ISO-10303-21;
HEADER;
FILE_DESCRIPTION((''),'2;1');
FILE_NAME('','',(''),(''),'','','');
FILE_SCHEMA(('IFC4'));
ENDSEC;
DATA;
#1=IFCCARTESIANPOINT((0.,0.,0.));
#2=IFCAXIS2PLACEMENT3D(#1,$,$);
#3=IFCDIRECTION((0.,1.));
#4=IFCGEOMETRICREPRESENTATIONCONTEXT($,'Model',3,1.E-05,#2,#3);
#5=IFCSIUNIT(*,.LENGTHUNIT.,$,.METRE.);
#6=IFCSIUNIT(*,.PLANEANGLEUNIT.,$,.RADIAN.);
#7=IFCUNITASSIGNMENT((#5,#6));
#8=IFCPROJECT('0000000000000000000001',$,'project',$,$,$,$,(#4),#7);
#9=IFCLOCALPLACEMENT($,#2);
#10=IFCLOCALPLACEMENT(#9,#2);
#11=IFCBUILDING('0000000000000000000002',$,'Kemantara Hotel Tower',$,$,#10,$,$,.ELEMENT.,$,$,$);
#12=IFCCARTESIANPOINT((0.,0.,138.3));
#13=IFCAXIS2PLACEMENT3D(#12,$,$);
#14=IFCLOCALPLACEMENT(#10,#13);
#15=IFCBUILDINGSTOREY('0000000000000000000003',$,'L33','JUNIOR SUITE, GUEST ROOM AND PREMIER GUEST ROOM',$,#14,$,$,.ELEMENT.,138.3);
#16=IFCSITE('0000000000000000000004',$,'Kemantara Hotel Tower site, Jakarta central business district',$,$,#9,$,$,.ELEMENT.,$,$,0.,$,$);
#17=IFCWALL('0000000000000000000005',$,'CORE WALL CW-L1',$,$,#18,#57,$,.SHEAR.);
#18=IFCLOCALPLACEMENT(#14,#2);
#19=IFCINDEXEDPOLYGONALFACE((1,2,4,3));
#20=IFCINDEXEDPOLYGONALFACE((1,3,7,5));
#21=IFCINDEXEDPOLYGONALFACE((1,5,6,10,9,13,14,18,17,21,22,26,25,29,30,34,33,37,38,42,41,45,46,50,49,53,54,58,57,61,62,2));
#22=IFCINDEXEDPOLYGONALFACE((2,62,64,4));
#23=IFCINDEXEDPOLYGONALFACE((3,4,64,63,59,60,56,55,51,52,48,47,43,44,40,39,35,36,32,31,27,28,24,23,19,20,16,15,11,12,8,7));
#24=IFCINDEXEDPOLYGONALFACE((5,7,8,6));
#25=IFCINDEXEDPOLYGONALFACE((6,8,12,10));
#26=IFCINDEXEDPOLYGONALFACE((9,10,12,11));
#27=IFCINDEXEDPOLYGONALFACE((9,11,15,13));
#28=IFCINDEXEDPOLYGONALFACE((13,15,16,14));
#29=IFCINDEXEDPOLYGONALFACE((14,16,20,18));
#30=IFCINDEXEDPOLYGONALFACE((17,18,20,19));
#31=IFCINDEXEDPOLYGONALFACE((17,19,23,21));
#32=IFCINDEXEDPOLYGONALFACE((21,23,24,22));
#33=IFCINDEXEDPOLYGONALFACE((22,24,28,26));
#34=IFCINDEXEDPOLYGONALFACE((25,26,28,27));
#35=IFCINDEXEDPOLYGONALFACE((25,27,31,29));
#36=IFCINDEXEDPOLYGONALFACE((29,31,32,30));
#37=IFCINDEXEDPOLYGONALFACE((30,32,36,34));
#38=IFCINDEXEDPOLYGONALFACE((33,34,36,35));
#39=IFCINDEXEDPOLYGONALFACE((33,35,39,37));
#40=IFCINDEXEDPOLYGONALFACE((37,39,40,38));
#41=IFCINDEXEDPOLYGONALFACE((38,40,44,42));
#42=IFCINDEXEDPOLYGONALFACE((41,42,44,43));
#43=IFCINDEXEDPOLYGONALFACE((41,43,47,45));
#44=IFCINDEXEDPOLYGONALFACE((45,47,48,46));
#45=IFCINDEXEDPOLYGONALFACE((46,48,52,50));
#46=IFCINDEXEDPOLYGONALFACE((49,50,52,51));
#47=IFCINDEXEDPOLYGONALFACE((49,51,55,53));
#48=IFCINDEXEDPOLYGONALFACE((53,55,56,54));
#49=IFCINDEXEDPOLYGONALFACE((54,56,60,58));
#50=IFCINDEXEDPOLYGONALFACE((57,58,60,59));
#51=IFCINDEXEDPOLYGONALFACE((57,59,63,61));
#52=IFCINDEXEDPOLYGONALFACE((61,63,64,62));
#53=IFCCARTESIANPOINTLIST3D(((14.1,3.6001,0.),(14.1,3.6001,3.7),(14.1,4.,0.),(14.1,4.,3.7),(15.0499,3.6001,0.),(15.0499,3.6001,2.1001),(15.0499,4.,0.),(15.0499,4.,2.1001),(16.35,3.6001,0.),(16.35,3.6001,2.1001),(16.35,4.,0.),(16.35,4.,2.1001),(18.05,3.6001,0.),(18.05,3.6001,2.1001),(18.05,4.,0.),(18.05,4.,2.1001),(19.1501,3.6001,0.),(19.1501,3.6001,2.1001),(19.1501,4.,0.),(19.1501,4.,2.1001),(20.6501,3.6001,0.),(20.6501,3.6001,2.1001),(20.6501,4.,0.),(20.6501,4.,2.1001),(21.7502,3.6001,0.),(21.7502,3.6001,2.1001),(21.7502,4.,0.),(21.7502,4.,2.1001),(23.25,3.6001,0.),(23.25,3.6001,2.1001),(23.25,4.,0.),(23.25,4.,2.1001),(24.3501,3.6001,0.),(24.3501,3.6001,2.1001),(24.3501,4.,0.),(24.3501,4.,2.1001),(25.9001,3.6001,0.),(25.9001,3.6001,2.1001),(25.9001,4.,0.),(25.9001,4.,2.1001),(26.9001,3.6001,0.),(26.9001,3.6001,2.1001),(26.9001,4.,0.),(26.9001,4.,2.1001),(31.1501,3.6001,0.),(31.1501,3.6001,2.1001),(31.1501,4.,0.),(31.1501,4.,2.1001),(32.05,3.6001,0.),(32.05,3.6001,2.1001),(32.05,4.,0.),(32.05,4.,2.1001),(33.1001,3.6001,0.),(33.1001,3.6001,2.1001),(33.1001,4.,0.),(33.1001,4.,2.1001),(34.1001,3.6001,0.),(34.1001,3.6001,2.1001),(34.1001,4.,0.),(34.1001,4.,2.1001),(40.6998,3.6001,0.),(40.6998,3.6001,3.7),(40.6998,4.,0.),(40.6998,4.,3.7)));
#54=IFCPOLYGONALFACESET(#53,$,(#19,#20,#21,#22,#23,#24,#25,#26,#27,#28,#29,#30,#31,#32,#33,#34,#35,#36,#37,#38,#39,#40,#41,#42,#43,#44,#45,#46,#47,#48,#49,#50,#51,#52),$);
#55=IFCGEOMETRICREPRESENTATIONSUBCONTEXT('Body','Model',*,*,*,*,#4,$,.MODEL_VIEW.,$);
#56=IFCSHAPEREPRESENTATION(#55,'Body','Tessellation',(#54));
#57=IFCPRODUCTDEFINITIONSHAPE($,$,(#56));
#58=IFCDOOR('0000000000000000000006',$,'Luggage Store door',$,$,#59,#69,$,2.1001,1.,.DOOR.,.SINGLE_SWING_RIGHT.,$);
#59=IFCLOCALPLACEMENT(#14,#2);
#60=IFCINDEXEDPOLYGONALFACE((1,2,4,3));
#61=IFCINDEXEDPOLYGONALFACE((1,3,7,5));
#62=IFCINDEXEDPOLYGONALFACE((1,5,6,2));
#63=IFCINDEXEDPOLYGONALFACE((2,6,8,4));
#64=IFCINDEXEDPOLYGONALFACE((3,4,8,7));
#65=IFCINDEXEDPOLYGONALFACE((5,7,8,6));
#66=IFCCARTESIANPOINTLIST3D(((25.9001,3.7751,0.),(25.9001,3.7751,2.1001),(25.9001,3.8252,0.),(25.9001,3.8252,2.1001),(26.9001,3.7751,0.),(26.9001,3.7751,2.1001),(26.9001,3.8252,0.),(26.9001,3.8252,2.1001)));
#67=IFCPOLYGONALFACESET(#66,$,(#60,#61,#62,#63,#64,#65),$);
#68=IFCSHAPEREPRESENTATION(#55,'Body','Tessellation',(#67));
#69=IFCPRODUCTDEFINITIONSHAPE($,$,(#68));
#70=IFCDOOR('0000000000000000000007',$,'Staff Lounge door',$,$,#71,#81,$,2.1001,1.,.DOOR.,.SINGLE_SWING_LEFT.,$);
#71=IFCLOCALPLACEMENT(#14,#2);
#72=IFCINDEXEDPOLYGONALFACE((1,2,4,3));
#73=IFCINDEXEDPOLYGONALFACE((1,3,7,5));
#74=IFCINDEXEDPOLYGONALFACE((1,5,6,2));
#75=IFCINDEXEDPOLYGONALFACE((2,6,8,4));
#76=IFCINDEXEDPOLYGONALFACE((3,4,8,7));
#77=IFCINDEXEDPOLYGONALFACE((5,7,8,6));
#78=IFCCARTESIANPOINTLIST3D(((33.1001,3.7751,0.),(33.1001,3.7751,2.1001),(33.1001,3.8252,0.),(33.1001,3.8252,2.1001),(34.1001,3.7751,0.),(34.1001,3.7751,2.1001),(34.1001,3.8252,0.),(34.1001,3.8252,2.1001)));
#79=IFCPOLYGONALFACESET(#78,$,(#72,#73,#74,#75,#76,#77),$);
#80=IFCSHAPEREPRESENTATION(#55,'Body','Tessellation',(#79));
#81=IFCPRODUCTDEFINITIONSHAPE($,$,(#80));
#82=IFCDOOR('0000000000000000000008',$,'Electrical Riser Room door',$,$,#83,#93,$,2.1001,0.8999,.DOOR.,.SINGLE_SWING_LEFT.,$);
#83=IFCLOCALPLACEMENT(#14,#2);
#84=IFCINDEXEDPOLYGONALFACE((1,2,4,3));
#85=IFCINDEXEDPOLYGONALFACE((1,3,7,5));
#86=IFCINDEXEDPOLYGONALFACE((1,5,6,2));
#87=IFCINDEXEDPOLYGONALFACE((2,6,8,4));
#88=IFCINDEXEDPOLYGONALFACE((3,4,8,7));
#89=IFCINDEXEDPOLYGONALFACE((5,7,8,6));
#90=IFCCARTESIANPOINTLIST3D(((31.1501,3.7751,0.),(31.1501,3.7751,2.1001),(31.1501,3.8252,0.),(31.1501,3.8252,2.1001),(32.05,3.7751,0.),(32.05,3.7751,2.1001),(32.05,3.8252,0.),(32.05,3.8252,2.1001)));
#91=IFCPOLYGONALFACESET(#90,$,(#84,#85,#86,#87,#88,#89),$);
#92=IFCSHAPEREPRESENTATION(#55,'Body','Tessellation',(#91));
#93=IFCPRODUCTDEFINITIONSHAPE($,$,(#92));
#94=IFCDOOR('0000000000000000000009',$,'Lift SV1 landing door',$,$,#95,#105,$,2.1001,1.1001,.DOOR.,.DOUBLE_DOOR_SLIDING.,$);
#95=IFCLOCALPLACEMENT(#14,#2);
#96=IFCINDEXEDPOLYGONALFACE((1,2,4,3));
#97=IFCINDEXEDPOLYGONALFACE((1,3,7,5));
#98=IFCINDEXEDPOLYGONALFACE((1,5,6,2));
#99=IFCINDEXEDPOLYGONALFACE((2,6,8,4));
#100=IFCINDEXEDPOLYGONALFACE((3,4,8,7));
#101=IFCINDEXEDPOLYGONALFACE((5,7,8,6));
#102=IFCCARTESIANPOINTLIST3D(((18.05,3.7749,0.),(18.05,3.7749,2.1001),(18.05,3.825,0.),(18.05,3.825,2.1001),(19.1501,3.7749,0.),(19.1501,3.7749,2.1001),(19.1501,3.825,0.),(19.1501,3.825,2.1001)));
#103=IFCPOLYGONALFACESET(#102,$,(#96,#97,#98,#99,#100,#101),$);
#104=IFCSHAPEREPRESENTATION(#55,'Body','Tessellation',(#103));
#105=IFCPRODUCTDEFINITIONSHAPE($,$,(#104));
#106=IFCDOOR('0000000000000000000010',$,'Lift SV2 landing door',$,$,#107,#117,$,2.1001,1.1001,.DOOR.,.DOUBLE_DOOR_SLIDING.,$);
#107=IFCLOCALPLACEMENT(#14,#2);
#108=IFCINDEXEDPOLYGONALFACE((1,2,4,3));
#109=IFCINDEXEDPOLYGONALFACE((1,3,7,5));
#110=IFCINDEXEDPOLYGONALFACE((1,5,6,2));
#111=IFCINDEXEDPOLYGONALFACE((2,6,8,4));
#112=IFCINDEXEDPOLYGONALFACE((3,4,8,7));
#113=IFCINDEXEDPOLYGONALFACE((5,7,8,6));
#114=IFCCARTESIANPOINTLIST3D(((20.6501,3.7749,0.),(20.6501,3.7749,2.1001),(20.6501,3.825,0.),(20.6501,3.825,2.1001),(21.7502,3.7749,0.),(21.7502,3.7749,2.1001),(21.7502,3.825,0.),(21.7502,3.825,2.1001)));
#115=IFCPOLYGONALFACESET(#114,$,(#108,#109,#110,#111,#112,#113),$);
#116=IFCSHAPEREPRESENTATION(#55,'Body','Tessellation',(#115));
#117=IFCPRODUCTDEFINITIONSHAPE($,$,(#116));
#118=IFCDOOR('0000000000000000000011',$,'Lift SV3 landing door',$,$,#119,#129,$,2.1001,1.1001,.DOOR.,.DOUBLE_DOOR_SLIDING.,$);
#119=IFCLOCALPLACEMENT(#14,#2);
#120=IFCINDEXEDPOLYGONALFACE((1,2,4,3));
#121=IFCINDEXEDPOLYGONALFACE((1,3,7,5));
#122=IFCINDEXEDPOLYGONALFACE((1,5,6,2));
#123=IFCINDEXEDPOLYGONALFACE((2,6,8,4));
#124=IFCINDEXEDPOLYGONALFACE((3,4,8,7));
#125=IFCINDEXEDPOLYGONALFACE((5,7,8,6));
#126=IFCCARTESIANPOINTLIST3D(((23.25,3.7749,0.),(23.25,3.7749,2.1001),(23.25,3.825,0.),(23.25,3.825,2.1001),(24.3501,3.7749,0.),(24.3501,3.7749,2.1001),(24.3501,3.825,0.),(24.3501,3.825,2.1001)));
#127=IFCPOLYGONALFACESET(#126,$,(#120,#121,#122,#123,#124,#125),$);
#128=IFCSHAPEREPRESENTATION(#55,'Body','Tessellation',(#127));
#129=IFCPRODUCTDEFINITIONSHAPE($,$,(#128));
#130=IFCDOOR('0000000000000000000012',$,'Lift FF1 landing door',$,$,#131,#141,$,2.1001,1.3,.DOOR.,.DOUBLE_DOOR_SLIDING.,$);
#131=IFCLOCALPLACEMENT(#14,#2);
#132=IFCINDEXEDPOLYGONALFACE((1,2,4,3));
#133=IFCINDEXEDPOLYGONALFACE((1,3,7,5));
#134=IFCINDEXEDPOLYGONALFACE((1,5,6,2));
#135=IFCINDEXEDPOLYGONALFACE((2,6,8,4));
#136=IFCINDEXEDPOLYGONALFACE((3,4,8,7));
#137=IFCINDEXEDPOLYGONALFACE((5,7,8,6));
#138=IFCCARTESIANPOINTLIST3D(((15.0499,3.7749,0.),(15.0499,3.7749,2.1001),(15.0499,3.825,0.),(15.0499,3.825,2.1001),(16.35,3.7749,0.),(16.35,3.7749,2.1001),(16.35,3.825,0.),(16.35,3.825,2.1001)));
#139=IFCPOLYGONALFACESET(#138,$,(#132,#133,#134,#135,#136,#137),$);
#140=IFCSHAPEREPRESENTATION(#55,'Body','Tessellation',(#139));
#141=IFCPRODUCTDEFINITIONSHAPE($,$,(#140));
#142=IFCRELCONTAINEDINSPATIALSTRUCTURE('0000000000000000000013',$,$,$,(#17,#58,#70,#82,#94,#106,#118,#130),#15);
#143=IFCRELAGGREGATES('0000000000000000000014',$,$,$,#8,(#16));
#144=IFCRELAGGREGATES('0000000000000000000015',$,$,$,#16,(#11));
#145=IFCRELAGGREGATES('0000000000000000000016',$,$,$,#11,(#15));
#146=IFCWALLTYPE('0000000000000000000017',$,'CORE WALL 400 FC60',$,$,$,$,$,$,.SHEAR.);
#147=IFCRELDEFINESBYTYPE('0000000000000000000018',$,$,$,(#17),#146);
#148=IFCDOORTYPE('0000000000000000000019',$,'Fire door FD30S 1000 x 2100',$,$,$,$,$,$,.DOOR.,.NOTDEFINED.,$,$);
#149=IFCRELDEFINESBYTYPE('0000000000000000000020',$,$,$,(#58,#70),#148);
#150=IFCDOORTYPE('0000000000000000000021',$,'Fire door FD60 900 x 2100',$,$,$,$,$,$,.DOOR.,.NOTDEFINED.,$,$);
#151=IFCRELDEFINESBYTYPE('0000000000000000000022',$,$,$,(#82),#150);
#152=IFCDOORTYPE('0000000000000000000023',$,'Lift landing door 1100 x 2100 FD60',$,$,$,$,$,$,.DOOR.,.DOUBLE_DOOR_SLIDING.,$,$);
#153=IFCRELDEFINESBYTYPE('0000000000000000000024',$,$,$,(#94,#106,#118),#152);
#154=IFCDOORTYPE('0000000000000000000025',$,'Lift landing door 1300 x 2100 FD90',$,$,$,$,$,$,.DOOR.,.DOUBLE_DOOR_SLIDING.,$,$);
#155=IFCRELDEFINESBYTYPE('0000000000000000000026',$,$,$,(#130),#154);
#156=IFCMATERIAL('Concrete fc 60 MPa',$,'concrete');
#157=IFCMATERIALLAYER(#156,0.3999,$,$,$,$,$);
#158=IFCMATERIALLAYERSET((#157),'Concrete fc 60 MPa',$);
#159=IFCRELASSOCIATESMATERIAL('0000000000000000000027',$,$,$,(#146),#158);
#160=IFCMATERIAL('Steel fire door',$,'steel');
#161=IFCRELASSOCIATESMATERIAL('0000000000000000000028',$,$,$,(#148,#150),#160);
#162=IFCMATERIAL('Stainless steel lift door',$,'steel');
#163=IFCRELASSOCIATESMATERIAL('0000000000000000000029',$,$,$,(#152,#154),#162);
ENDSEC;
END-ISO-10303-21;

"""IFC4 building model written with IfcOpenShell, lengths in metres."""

from ifc_helpers import new_model, si_unit, direction, frame, frame_2d, origin, place, context, subcontext, project, spatial, rectangle, extrude, material, layer, layer_set, type_object, element, fill, save


model = new_model("IFC4")

# Units and contexts
model_context = context("Model", 3, precision=1e-05, world=origin(), true_north=direction((0.0, 1.0)))
body_context = subcontext(model_context, "Body", "Model", "MODEL_VIEW")
ifc_project = project(units=[si_unit("LENGTHUNIT", "METRE"), si_unit("PLANEANGLEUNIT", "RADIAN")], contexts=[model_context])

# Site, building, storey
site_placement = place(None, origin())
site = spatial("IfcSite", under=ifc_project, at=site_placement, Name="Kemantara Hotel Tower site, Jakarta central business district", CompositionType="ELEMENT", RefElevation=0.0)
building_placement = place(site_placement, origin())
building = spatial("IfcBuilding", under=site, at=building_placement, Name="Kemantara Hotel Tower", CompositionType="ELEMENT")
storey_placement = place(building_placement, frame((0.0, 0.0, 138.3)))
storey = spatial("IfcBuildingStorey", under=building, at=storey_placement, Name="L33", Description="JUNIOR SUITE, GUEST ROOM AND PREMIER GUEST ROOM", CompositionType="ELEMENT", Elevation=138.3)

# Shared definitions
ifc_material_1 = material(Name="Concrete fc 60 MPa", Category="concrete")

# Wall, openings, doors
ifc_layer_1 = layer(ifc_material_1, 0.3999)
ifc_layer_set_1 = layer_set([ifc_layer_1], Name="Concrete fc 60 MPa")
wall_type_1 = type_object("IfcWallType", Name="CORE WALL 400 FC60", PredefinedType="SHEAR", material=ifc_layer_set_1)
wall_1_placement = place(storey_placement, frame((14.1001, 3.8, 0.0), z_axis=(0.0, 0.0, 1.0), x_axis=(1.0, 0.0, 0.0)))
wall_1 = element("IfcWall", 1, at=wall_1_placement, inside=storey, type_object=wall_type_1, Name="CORE WALL CW-L1", PredefinedType="SHEAR", context=body_context, shape_type="SweptSolid", body=[
    extrude(rectangle(XDim=26.5999, YDim=0.3999, at=frame_2d((13.2998, 0.0))), origin(), (0.0, 0.0, 1.0), 3.7),
])
opening_1_placement = place(wall_1_placement, frame((0.95, 0.0, 0.0)))
opening_1 = element("IfcOpeningElement", 2, at=opening_1_placement, cuts=wall_1, PredefinedType="OPENING", context=body_context, shape_type="SweptSolid", body=[
    extrude(rectangle(XDim=1.3, YDim=2.1001, at=frame_2d((0.6499, 1.05))), frame((0.0, 0.21, 0.0), z_axis=(0.0, -1.0, 0.0), x_axis=(1.0, 0.0, 0.0)), (0.0, 0.0, 1.0), 0.4199),
])
opening_2_placement = place(wall_1_placement, frame((3.95, 0.0, 0.0)))
opening_2 = element("IfcOpeningElement", 3, at=opening_2_placement, cuts=wall_1, PredefinedType="OPENING", context=body_context, shape_type="SweptSolid", body=[
    extrude(rectangle(XDim=1.1001, YDim=2.1001, at=frame_2d((0.55, 1.05))), frame((0.0, 0.21, 0.0), z_axis=(0.0, -1.0, 0.0), x_axis=(1.0, 0.0, 0.0)), (0.0, 0.0, 1.0), 0.4199),
])
opening_3_placement = place(wall_1_placement, frame((6.55, 0.0, 0.0)))
opening_3 = element("IfcOpeningElement", 4, at=opening_3_placement, cuts=wall_1, PredefinedType="OPENING", context=body_context, shape_type="SweptSolid", body=[
    extrude(rectangle(XDim=1.1001, YDim=2.1001, at=frame_2d((0.55, 1.05))), frame((0.0, 0.21, 0.0), z_axis=(0.0, -1.0, 0.0), x_axis=(1.0, 0.0, 0.0)), (0.0, 0.0, 1.0), 0.4199),
])
opening_4_placement = place(wall_1_placement, frame((9.1499, 0.0, 0.0)))
opening_4 = element("IfcOpeningElement", 5, at=opening_4_placement, cuts=wall_1, PredefinedType="OPENING", context=body_context, shape_type="SweptSolid", body=[
    extrude(rectangle(XDim=1.1001, YDim=2.1001, at=frame_2d((0.55, 1.05))), frame((0.0, 0.21, 0.0), z_axis=(0.0, -1.0, 0.0), x_axis=(1.0, 0.0, 0.0)), (0.0, 0.0, 1.0), 0.4199),
])
opening_5_placement = place(wall_1_placement, frame((11.8, 0.0, 0.0)))
opening_5 = element("IfcOpeningElement", 6, at=opening_5_placement, cuts=wall_1, PredefinedType="OPENING", context=body_context, shape_type="SweptSolid", body=[
    extrude(rectangle(XDim=1.0, YDim=2.1001, at=frame_2d((0.5, 1.05))), frame((0.0, 0.21, 0.0), z_axis=(0.0, -1.0, 0.0), x_axis=(1.0, 0.0, 0.0)), (0.0, 0.0, 1.0), 0.4199),
])
opening_6_placement = place(wall_1_placement, frame((17.05, 0.0, 0.0)))
opening_6 = element("IfcOpeningElement", 7, at=opening_6_placement, cuts=wall_1, PredefinedType="OPENING", context=body_context, shape_type="SweptSolid", body=[
    extrude(rectangle(XDim=0.8999, YDim=2.1001, at=frame_2d((0.45, 1.05))), frame((0.0, 0.21, 0.0), z_axis=(0.0, -1.0, 0.0), x_axis=(1.0, 0.0, 0.0)), (0.0, 0.0, 1.0), 0.4199),
])
opening_7_placement = place(wall_1_placement, frame((19.0, 0.0, 0.0)))
opening_7 = element("IfcOpeningElement", 8, at=opening_7_placement, cuts=wall_1, PredefinedType="OPENING", context=body_context, shape_type="SweptSolid", body=[
    extrude(rectangle(XDim=1.0, YDim=2.1001, at=frame_2d((0.5, 1.05))), frame((0.0, 0.21, 0.0), z_axis=(0.0, -1.0, 0.0), x_axis=(1.0, 0.0, 0.0)), (0.0, 0.0, 1.0), 0.4199),
])
ifc_material_2 = material(Name="Steel fire door", Category="steel")
door_type_1 = type_object("IfcDoorType", Name="Fire door FD30S 1000 x 2100", OperationType="NOTDEFINED", PredefinedType="DOOR", material=ifc_material_2)
door_1_placement = place(opening_5_placement, frame((1.0, 0.0, 0.0), z_axis=(0.0, 0.0, 1.0), x_axis=(-1.0, 0.0, 0.0)))
door_1 = element("IfcDoor", 9, at=door_1_placement, inside=storey, type_object=door_type_1, Name="Luggage Store door", OperationType="SINGLE_SWING_RIGHT", OverallHeight=2.1001, OverallWidth=1.0, PredefinedType="DOOR", context=body_context, shape_type="SweptSolid", body=[
    extrude(rectangle(XDim=1.0, YDim=2.1001, at=frame_2d((0.5, 1.05))), frame((0.0, 0.0249, 0.0), z_axis=(0.0, -1.0, 0.0), x_axis=(1.0, 0.0, 0.0)), (0.0, 0.0, 1.0), 0.05),
])
fill(opening_5, door_1)
door_2_placement = place(opening_7_placement, frame((1.0, 0.0, 0.0), z_axis=(0.0, 0.0, 1.0), x_axis=(-1.0, 0.0, 0.0)))
door_2 = element("IfcDoor", 10, at=door_2_placement, inside=storey, type_object=door_type_1, Name="Staff Lounge door", OperationType="SINGLE_SWING_LEFT", OverallHeight=2.1001, OverallWidth=1.0, PredefinedType="DOOR", context=body_context, shape_type="SweptSolid", body=[
    extrude(rectangle(XDim=1.0, YDim=2.1001, at=frame_2d((0.5, 1.05))), frame((0.0, 0.0249, 0.0), z_axis=(0.0, -1.0, 0.0), x_axis=(1.0, 0.0, 0.0)), (0.0, 0.0, 1.0), 0.05),
])
fill(opening_7, door_2)
door_type_2 = type_object("IfcDoorType", Name="Fire door FD60 900 x 2100", OperationType="NOTDEFINED", PredefinedType="DOOR", material=ifc_material_2)
door_3_placement = place(opening_6_placement, frame((0.8999, 0.0, 0.0), z_axis=(0.0, 0.0, 1.0), x_axis=(-1.0, 0.0, 0.0)))
door_3 = element("IfcDoor", 11, at=door_3_placement, inside=storey, type_object=door_type_2, Name="Electrical Riser Room door", OperationType="SINGLE_SWING_LEFT", OverallHeight=2.1001, OverallWidth=0.8999, PredefinedType="DOOR", context=body_context, shape_type="SweptSolid", body=[
    extrude(rectangle(XDim=0.8999, YDim=2.1001, at=frame_2d((0.45, 1.05))), frame((0.0, 0.0249, 0.0), z_axis=(0.0, -1.0, 0.0), x_axis=(1.0, 0.0, 0.0)), (0.0, 0.0, 1.0), 0.05),
])
fill(opening_6, door_3)
ifc_material_3 = material(Name="Stainless steel lift door", Category="steel")
door_type_3 = type_object("IfcDoorType", Name="Lift landing door 1100 x 2100 FD60", OperationType="DOUBLE_DOOR_SLIDING", PredefinedType="DOOR", material=ifc_material_3)
door_4_placement = place(opening_2_placement, origin())
door_4 = element("IfcDoor", 12, at=door_4_placement, inside=storey, type_object=door_type_3, Name="Lift SV1 landing door", OperationType="DOUBLE_DOOR_SLIDING", OverallHeight=2.1001, OverallWidth=1.1001, PredefinedType="DOOR", context=body_context, shape_type="SweptSolid", body=[
    extrude(rectangle(XDim=1.1001, YDim=2.1001, at=frame_2d((0.55, 1.05))), frame((0.0, 0.0249, 0.0), z_axis=(0.0, -1.0, 0.0), x_axis=(1.0, 0.0, 0.0)), (0.0, 0.0, 1.0), 0.05),
])
fill(opening_2, door_4)
door_5_placement = place(opening_3_placement, origin())
door_5 = element("IfcDoor", 13, at=door_5_placement, inside=storey, type_object=door_type_3, Name="Lift SV2 landing door", OperationType="DOUBLE_DOOR_SLIDING", OverallHeight=2.1001, OverallWidth=1.1001, PredefinedType="DOOR", context=body_context, shape_type="SweptSolid", body=[
    extrude(rectangle(XDim=1.1001, YDim=2.1001, at=frame_2d((0.55, 1.05))), frame((0.0, 0.0249, 0.0), z_axis=(0.0, -1.0, 0.0), x_axis=(1.0, 0.0, 0.0)), (0.0, 0.0, 1.0), 0.05),
])
fill(opening_3, door_5)
door_6_placement = place(opening_4_placement, origin())
door_6 = element("IfcDoor", 14, at=door_6_placement, inside=storey, type_object=door_type_3, Name="Lift SV3 landing door", OperationType="DOUBLE_DOOR_SLIDING", OverallHeight=2.1001, OverallWidth=1.1001, PredefinedType="DOOR", context=body_context, shape_type="SweptSolid", body=[
    extrude(rectangle(XDim=1.1001, YDim=2.1001, at=frame_2d((0.55, 1.05))), frame((0.0, 0.0249, 0.0), z_axis=(0.0, -1.0, 0.0), x_axis=(1.0, 0.0, 0.0)), (0.0, 0.0, 1.0), 0.05),
])
fill(opening_4, door_6)
door_type_4 = type_object("IfcDoorType", Name="Lift landing door 1300 x 2100 FD90", OperationType="DOUBLE_DOOR_SLIDING", PredefinedType="DOOR", material=ifc_material_3)
door_7_placement = place(opening_1_placement, origin())
door_7 = element("IfcDoor", 15, at=door_7_placement, inside=storey, type_object=door_type_4, Name="Lift FF1 landing door", OperationType="DOUBLE_DOOR_SLIDING", OverallHeight=2.1001, OverallWidth=1.3, PredefinedType="DOOR", context=body_context, shape_type="SweptSolid", body=[
    extrude(rectangle(XDim=1.3, YDim=2.1001, at=frame_2d((0.6499, 1.05))), frame((0.0, 0.0249, 0.0), z_axis=(0.0, -1.0, 0.0), x_axis=(1.0, 0.0, 0.0)), (0.0, 0.0, 1.0), 0.05),
])
fill(opening_1, door_7)

save(model, "model.ifc")
